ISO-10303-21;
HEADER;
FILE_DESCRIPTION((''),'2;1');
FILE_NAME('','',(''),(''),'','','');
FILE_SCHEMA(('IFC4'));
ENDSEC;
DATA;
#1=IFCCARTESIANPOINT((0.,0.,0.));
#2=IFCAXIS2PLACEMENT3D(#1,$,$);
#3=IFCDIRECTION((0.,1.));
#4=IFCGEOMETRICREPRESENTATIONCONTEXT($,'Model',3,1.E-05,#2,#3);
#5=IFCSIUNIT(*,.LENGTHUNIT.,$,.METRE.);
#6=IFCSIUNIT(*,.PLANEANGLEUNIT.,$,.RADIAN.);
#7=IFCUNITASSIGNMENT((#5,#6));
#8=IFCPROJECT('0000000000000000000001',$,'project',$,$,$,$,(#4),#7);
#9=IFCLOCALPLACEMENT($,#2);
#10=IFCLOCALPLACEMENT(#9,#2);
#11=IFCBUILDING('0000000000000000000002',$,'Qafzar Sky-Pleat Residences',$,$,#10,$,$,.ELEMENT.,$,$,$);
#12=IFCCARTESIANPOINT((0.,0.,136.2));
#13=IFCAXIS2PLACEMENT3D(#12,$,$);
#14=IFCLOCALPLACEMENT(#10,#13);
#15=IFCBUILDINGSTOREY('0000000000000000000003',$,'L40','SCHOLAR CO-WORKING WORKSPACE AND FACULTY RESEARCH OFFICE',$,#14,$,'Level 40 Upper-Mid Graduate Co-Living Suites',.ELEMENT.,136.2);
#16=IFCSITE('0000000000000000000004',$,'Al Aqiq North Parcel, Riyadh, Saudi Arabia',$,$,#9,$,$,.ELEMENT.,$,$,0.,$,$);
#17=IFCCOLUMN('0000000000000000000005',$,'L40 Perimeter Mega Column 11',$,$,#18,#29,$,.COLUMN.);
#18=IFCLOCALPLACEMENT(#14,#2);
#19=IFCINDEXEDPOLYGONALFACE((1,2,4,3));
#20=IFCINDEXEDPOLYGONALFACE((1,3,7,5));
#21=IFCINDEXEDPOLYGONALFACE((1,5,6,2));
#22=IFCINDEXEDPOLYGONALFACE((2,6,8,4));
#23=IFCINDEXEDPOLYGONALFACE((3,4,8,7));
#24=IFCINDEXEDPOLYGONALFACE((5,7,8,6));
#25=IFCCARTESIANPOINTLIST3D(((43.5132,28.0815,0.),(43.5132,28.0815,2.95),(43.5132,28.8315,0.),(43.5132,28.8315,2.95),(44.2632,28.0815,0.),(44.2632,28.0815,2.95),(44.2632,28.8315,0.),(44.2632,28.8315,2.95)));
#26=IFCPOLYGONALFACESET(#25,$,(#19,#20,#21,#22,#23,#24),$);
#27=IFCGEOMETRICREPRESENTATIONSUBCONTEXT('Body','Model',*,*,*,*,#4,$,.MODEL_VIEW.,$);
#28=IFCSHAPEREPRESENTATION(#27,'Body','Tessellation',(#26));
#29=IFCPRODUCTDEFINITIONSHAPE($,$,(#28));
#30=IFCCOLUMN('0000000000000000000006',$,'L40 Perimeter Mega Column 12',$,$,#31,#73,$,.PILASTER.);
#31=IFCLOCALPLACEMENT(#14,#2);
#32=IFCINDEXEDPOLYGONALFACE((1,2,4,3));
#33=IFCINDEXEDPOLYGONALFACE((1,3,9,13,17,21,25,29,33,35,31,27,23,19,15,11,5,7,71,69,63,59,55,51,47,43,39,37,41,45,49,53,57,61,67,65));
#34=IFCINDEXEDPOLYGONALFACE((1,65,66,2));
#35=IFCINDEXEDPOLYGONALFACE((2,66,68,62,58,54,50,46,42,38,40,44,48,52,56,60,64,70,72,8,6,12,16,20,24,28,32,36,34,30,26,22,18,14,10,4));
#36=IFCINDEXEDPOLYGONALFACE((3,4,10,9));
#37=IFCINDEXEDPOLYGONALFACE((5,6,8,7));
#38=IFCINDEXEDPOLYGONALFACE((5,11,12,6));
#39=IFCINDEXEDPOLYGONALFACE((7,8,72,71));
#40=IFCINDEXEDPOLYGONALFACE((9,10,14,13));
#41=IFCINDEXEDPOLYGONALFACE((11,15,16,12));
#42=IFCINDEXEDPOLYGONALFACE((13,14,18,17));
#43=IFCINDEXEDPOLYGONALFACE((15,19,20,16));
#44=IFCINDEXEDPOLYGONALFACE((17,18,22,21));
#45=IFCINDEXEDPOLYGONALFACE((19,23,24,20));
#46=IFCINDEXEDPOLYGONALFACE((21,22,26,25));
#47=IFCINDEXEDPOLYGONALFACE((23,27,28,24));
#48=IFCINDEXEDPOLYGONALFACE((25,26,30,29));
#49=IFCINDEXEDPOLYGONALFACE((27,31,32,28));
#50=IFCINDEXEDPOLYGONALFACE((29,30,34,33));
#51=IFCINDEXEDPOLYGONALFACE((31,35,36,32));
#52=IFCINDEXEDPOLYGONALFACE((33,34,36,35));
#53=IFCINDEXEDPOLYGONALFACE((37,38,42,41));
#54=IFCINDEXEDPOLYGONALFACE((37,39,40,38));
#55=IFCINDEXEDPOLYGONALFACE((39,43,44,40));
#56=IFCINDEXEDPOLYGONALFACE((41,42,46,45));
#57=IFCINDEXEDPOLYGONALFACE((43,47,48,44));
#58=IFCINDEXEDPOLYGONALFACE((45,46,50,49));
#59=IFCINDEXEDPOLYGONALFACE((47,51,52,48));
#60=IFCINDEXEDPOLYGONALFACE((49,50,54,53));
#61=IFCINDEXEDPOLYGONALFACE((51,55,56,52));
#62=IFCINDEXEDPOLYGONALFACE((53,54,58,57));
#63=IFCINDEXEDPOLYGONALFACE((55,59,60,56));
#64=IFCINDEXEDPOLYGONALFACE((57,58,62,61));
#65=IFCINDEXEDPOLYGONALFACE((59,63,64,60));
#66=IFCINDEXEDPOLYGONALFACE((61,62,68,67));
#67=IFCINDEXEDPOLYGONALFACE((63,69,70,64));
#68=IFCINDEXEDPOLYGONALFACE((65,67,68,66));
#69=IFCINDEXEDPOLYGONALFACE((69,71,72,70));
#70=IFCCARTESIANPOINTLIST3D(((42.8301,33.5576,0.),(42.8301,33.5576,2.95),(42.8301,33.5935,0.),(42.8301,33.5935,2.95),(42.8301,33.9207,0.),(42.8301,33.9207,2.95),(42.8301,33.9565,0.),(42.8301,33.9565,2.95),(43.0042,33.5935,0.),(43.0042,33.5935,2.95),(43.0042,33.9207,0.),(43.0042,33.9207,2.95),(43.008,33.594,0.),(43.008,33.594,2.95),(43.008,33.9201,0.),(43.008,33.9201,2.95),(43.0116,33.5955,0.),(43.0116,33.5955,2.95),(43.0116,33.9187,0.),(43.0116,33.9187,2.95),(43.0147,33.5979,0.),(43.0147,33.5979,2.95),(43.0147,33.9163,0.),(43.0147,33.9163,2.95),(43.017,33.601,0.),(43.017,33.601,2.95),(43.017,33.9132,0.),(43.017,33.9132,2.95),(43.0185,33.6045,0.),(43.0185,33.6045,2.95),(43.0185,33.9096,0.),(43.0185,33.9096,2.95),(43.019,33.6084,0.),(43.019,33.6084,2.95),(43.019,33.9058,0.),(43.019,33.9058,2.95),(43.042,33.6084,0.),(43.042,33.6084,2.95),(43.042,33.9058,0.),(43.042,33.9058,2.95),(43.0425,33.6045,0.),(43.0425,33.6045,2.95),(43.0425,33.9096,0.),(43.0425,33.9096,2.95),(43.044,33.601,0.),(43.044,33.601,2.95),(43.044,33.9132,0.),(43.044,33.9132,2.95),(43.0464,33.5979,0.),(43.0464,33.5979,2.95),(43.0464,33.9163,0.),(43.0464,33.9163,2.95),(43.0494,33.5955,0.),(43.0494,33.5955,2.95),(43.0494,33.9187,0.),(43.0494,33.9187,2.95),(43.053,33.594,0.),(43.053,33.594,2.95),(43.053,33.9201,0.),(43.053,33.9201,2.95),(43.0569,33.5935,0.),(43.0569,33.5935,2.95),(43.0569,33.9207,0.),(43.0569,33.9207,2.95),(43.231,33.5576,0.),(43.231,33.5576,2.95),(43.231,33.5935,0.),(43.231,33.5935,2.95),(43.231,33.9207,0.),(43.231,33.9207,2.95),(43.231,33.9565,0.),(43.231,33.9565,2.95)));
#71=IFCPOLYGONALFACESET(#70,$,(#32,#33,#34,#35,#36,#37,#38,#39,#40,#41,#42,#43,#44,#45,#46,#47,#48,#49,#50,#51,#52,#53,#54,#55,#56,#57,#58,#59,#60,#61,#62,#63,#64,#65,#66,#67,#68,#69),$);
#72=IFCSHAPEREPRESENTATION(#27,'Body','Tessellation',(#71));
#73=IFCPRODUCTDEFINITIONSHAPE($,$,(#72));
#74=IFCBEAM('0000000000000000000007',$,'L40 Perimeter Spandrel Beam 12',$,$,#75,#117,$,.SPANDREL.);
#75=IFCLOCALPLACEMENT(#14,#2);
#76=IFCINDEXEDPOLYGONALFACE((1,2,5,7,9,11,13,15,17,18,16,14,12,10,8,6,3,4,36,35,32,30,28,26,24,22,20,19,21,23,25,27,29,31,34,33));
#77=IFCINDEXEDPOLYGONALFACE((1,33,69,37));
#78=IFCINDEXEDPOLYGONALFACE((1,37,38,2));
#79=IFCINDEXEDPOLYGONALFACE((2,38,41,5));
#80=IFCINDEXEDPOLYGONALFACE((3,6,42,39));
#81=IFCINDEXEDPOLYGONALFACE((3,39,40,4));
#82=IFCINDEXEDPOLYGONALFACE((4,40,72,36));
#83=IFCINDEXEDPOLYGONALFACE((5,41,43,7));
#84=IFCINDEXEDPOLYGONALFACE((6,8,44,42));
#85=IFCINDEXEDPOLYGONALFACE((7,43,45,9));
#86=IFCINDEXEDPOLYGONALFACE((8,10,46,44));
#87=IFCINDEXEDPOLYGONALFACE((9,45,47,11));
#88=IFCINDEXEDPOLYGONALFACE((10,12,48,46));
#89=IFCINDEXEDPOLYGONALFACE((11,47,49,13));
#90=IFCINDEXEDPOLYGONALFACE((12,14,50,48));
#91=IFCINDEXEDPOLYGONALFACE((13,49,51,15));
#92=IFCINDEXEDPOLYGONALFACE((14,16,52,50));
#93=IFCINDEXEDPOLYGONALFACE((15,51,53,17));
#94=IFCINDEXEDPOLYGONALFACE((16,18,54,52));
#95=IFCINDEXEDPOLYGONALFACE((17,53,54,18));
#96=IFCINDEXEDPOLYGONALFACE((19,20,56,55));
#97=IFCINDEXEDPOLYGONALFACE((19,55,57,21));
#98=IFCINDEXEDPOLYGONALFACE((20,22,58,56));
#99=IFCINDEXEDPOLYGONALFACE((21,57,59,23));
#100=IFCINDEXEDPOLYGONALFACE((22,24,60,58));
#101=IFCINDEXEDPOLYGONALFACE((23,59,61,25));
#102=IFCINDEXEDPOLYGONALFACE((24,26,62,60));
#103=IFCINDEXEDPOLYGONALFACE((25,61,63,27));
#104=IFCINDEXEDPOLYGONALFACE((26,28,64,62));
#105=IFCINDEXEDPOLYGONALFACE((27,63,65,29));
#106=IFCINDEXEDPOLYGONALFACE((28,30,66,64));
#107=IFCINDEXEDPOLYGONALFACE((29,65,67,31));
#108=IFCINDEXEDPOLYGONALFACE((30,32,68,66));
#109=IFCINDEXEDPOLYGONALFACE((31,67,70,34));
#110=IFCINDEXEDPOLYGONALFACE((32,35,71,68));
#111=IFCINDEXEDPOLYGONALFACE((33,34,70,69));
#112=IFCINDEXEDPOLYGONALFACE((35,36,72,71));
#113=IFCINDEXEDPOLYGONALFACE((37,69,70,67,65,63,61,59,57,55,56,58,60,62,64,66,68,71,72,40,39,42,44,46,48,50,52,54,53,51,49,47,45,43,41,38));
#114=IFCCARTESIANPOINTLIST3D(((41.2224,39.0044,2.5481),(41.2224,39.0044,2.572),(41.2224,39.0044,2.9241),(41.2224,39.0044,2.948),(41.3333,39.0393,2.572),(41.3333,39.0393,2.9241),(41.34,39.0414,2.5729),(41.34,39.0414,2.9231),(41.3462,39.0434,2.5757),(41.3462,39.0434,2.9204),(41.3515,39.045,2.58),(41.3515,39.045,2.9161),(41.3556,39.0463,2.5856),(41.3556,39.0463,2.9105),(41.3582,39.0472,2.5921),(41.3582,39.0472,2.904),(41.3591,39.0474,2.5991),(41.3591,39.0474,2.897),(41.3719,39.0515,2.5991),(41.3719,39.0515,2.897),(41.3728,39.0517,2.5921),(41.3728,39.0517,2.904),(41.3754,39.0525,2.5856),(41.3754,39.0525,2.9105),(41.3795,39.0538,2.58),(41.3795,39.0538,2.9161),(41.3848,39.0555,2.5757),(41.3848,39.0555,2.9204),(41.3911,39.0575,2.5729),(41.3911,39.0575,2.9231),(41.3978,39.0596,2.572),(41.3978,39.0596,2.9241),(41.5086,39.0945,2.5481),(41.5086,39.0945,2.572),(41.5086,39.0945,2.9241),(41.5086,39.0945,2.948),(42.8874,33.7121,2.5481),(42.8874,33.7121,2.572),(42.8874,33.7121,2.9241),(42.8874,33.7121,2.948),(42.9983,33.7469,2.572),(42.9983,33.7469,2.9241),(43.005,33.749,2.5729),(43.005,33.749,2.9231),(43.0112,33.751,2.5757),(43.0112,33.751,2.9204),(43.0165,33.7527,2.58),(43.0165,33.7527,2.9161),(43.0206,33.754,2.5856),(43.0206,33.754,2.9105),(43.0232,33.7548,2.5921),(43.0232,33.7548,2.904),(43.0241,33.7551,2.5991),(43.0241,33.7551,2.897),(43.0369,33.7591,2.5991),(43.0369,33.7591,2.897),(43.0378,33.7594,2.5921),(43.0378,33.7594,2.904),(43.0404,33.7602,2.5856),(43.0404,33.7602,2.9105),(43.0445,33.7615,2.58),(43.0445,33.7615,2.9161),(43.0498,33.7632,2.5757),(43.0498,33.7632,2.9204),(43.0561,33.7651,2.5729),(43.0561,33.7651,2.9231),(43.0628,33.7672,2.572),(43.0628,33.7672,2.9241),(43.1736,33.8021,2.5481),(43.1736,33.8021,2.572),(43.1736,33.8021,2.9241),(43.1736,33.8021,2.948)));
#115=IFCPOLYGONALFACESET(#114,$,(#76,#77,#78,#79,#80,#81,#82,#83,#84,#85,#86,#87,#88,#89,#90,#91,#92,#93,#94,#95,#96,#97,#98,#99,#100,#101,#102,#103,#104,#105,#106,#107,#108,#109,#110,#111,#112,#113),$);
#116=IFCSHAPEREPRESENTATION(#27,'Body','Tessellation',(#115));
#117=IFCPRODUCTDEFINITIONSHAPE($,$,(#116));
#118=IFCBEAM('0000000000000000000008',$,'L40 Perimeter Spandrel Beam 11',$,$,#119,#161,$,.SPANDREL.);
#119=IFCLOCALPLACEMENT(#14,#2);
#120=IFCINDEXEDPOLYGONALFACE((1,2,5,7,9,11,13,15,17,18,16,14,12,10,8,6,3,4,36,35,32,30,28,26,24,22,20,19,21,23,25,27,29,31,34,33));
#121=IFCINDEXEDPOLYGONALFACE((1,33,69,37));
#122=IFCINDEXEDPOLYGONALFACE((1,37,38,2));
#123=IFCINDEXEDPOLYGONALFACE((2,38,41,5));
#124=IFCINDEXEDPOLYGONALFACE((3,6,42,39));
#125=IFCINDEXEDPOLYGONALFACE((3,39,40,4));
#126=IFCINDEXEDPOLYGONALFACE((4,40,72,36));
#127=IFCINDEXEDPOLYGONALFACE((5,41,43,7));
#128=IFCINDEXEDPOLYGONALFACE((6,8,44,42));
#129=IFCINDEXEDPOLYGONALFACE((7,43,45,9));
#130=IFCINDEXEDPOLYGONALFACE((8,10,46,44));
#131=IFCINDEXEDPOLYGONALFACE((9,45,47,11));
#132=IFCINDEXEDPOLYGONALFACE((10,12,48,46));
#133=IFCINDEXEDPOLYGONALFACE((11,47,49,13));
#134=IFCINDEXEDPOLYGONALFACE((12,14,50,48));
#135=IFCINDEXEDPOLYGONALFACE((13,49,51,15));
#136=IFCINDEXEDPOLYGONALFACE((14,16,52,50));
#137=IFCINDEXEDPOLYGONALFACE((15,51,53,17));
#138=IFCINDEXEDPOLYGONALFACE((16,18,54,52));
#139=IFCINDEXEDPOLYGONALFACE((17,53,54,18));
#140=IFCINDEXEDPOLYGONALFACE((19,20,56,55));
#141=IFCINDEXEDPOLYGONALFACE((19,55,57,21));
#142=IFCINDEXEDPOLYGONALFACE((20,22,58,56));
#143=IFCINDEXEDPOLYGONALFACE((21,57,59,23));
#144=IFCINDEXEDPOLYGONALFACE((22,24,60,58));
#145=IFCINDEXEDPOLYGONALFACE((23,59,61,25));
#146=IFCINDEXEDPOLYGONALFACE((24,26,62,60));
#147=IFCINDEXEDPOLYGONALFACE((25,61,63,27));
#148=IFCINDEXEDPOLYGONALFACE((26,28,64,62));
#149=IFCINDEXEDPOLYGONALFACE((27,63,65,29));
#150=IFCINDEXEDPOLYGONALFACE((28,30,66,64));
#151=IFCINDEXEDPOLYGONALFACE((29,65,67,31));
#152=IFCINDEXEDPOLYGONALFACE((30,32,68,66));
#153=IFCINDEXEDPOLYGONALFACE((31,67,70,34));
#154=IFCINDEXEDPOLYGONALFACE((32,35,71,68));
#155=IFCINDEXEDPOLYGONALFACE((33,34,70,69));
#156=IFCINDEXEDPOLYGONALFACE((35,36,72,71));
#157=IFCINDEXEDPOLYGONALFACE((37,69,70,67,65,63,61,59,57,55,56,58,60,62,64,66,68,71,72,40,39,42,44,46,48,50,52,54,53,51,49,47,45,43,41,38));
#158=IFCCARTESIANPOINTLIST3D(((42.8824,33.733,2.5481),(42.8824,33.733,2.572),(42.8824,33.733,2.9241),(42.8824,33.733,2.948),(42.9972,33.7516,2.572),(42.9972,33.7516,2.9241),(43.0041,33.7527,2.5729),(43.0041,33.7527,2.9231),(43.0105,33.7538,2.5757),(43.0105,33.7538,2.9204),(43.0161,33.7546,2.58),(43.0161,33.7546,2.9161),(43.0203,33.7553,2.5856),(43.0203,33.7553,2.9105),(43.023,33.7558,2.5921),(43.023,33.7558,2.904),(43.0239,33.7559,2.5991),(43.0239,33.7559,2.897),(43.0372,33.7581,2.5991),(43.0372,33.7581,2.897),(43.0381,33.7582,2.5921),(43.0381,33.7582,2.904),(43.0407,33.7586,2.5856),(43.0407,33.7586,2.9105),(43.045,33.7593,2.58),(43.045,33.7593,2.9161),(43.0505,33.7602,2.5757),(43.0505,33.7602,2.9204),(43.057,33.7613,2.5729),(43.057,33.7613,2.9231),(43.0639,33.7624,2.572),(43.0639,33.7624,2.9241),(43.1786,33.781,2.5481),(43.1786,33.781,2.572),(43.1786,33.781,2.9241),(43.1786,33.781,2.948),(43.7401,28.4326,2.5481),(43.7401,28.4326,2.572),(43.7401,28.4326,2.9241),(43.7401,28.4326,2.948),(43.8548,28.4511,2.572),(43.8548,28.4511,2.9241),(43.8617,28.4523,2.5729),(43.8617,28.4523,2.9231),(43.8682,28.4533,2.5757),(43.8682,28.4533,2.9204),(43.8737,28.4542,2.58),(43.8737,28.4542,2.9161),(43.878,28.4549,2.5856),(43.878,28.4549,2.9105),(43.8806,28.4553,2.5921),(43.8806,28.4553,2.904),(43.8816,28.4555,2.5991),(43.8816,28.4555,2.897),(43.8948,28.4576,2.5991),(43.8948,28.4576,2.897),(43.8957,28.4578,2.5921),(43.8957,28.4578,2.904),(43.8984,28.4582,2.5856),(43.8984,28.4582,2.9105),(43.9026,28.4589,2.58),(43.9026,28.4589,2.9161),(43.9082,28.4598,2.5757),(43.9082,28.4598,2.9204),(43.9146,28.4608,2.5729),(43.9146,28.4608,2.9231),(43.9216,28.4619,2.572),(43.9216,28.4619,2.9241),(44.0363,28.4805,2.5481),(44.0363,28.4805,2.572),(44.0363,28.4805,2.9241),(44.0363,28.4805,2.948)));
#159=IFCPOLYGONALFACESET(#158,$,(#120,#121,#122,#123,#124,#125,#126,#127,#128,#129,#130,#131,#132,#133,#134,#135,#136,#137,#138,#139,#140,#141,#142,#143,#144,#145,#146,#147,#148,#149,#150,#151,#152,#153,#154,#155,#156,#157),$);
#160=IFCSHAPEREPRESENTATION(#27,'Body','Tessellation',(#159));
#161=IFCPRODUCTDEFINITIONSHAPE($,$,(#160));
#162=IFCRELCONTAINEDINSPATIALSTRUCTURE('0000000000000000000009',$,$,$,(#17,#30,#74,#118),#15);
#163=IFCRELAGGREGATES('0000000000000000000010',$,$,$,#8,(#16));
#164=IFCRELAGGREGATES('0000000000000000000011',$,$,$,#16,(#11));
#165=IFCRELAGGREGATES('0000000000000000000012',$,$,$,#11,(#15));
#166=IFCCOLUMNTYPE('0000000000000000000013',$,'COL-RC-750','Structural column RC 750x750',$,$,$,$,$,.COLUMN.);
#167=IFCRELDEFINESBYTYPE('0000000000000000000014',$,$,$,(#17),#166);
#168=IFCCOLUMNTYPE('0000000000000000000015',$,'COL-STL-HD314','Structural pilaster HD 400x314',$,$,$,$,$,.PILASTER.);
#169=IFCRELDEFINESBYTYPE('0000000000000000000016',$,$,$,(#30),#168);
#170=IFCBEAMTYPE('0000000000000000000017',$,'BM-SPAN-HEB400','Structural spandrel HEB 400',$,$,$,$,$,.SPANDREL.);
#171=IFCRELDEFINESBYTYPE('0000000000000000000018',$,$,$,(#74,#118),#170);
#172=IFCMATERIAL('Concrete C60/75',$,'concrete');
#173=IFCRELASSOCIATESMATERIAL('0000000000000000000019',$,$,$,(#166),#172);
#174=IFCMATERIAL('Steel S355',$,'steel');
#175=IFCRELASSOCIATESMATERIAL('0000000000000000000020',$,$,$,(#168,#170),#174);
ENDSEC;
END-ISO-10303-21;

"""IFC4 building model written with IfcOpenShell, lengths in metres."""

from ifc_helpers import new_model, si_unit, direction, frame, origin, origin_2d, place, context, subcontext, project, spatial, rectangle, i_section, extrude, source, transform, mapped, material, material_profile, profile_set, type_object, element, save


model = new_model("IFC4")

# Units and contexts
model_context = context("Model", 3, precision=1e-05, world=origin(), true_north=direction((0.0, 1.0)))
body_context = subcontext(model_context, "Body", "Model", "MODEL_VIEW")
ifc_project = project(units=[si_unit("LENGTHUNIT", "METRE"), si_unit("PLANEANGLEUNIT", "RADIAN")], contexts=[model_context])

# Site, building, storey
site_placement = place(None, origin())
site = spatial("IfcSite", under=ifc_project, at=site_placement, Name="Al Aqiq North Parcel, Riyadh, Saudi Arabia", CompositionType="ELEMENT", RefElevation=0.0)
building_placement = place(site_placement, origin())
building = spatial("IfcBuilding", under=site, at=building_placement, Name="Qafzar Sky-Pleat Residences", CompositionType="ELEMENT")
storey_placement = place(building_placement, frame((0.0, 0.0, 136.2)))
storey = spatial("IfcBuildingStorey", under=building, at=storey_placement, Name="L40", Description="SCHOLAR CO-WORKING WORKSPACE AND FACULTY RESEARCH OFFICE", LongName="Level 40 Upper-Mid Graduate Co-Living Suites", CompositionType="ELEMENT", Elevation=136.2)

# Columns
ifc_material_1 = material(Name="Concrete C60/75", Category="concrete")
ifc_material_profile_1 = material_profile(ifc_material_1, rectangle(XDim=0.75, YDim=0.75, at=origin_2d()), Name="RC 750x750")
ifc_profile_set_1 = profile_set([ifc_material_profile_1], Name="Concrete C60/75")
column_type_1 = type_object("IfcColumnType", Name="COL-RC-750", Description="Structural column RC 750x750", PredefinedType="COLUMN", material=ifc_profile_set_1)
shared_shape_1 = source(origin(), body_context, "Body", "SweptSolid", [
    extrude(rectangle(XDim=0.75, YDim=0.75, at=origin_2d()), origin(), (0.0, 0.0, 1.0), 2.95),
])
column_1_placement = place(storey_placement, frame((43.8882, 28.4565, 0.0), z_axis=(0.0, 0.0, 1.0), x_axis=(1.0, 0.0, 0.0)))
element("IfcColumn", 1, at=column_1_placement, inside=storey, type_object=column_type_1, Name="L40 Perimeter Mega Column 11", PredefinedType="COLUMN", context=body_context, shape_type="MappedRepresentation", body=[
    mapped(shared_shape_1, transform((0.0, 0.0, 0.0), x_axis=(1.0, 0.0, 0.0), y_axis=(0.0, 1.0, 0.0), z_axis=(0.0, 0.0, 1.0), scale=1.0)),
])
ifc_material_2 = material(Name="Steel S355", Category="steel")
ifc_material_profile_2 = material_profile(ifc_material_2, i_section(OverallWidth=0.4009, OverallDepth=0.3989, WebThickness=0.0229, FlangeThickness=0.0359, FilletRadius=0.0149, at=origin_2d()), Name="HD 400x314")
ifc_profile_set_2 = profile_set([ifc_material_profile_2], Name="Steel S355")
column_type_2 = type_object("IfcColumnType", Name="COL-STL-HD314", Description="Structural pilaster HD 400x314", PredefinedType="PILASTER", material=ifc_profile_set_2)
shared_shape_2 = source(origin(), body_context, "Body", "SweptSolid", [
    extrude(i_section(OverallWidth=0.4009, OverallDepth=0.3989, WebThickness=0.0229, FlangeThickness=0.0359, FilletRadius=0.0149, at=origin_2d()), origin(), (0.0, 0.0, 1.0), 2.95),
])
column_2_placement = place(storey_placement, frame((43.0305, 33.7571, 0.0), z_axis=(0.0, 0.0, 1.0), x_axis=(1.0, 0.0, 0.0)))
element("IfcColumn", 2, at=column_2_placement, inside=storey, type_object=column_type_2, Name="L40 Perimeter Mega Column 12", PredefinedType="PILASTER", context=body_context, shape_type="MappedRepresentation", body=[
    mapped(shared_shape_2, transform((0.0, 0.0, 0.0), x_axis=(1.0, 0.0, 0.0), y_axis=(0.0, 1.0, 0.0), z_axis=(0.0, 0.0, 1.0), scale=1.0)),
])

# Beams
ifc_material_profile_3 = material_profile(ifc_material_2, i_section(OverallWidth=0.3, OverallDepth=0.3999, WebThickness=0.0134, FlangeThickness=0.0239, FilletRadius=0.0271, at=origin_2d()), Name="HEB 400")
ifc_profile_set_3 = profile_set([ifc_material_profile_3], Name="Steel S355")
beam_type_1 = type_object("IfcBeamType", Name="BM-SPAN-HEB400", Description="Structural spandrel HEB 400", PredefinedType="SPANDREL", material=ifc_profile_set_3)
shared_shape_3 = source(origin(), body_context, "Body", "SweptSolid", [
    extrude(i_section(OverallWidth=0.3, OverallDepth=0.3999, WebThickness=0.0134, FlangeThickness=0.0239, FilletRadius=0.0271, at=origin_2d()), origin(), (0.0, 0.0, 1.0), 5.5481),
])
beam_1_placement = place(storey_placement, frame((43.0305, 33.7571, 2.748), z_axis=(-0.300103, 0.953907, 0.0), x_axis=(-0.953907, -0.300103, 0.0)))
element("IfcBeam", 3, at=beam_1_placement, inside=storey, type_object=beam_type_1, Name="L40 Perimeter Spandrel Beam 12", PredefinedType="SPANDREL", context=body_context, shape_type="MappedRepresentation", body=[
    mapped(shared_shape_3, transform((0.0, 0.0, 0.0), x_axis=(1.0, 0.0, 0.0), y_axis=(0.0, 1.0, 0.0), z_axis=(0.0, 0.0, 1.0), scale=1.0)),
])
shared_shape_4 = source(origin(), body_context, "Body", "SweptSolid", [
    extrude(i_section(OverallWidth=0.3, OverallDepth=0.3999, WebThickness=0.0134, FlangeThickness=0.0239, FilletRadius=0.0271, at=origin_2d()), origin(), (0.0, 0.0, 1.0), 5.3694),
])
beam_2_placement = place(storey_placement, frame((43.8882, 28.4565, 2.748), z_axis=(-0.15973, 0.987161, 0.0), x_axis=(-0.987161, -0.15973, 0.0)))
element("IfcBeam", 4, at=beam_2_placement, inside=storey, type_object=beam_type_1, Name="L40 Perimeter Spandrel Beam 11", PredefinedType="SPANDREL", context=body_context, shape_type="MappedRepresentation", body=[
    mapped(shared_shape_4, transform((0.0, 0.0, 0.0), x_axis=(1.0, 0.0, 0.0), y_axis=(0.0, 1.0, 0.0), z_axis=(0.0, 0.0, 1.0), scale=1.0)),
])

save(model, "model.ifc")
